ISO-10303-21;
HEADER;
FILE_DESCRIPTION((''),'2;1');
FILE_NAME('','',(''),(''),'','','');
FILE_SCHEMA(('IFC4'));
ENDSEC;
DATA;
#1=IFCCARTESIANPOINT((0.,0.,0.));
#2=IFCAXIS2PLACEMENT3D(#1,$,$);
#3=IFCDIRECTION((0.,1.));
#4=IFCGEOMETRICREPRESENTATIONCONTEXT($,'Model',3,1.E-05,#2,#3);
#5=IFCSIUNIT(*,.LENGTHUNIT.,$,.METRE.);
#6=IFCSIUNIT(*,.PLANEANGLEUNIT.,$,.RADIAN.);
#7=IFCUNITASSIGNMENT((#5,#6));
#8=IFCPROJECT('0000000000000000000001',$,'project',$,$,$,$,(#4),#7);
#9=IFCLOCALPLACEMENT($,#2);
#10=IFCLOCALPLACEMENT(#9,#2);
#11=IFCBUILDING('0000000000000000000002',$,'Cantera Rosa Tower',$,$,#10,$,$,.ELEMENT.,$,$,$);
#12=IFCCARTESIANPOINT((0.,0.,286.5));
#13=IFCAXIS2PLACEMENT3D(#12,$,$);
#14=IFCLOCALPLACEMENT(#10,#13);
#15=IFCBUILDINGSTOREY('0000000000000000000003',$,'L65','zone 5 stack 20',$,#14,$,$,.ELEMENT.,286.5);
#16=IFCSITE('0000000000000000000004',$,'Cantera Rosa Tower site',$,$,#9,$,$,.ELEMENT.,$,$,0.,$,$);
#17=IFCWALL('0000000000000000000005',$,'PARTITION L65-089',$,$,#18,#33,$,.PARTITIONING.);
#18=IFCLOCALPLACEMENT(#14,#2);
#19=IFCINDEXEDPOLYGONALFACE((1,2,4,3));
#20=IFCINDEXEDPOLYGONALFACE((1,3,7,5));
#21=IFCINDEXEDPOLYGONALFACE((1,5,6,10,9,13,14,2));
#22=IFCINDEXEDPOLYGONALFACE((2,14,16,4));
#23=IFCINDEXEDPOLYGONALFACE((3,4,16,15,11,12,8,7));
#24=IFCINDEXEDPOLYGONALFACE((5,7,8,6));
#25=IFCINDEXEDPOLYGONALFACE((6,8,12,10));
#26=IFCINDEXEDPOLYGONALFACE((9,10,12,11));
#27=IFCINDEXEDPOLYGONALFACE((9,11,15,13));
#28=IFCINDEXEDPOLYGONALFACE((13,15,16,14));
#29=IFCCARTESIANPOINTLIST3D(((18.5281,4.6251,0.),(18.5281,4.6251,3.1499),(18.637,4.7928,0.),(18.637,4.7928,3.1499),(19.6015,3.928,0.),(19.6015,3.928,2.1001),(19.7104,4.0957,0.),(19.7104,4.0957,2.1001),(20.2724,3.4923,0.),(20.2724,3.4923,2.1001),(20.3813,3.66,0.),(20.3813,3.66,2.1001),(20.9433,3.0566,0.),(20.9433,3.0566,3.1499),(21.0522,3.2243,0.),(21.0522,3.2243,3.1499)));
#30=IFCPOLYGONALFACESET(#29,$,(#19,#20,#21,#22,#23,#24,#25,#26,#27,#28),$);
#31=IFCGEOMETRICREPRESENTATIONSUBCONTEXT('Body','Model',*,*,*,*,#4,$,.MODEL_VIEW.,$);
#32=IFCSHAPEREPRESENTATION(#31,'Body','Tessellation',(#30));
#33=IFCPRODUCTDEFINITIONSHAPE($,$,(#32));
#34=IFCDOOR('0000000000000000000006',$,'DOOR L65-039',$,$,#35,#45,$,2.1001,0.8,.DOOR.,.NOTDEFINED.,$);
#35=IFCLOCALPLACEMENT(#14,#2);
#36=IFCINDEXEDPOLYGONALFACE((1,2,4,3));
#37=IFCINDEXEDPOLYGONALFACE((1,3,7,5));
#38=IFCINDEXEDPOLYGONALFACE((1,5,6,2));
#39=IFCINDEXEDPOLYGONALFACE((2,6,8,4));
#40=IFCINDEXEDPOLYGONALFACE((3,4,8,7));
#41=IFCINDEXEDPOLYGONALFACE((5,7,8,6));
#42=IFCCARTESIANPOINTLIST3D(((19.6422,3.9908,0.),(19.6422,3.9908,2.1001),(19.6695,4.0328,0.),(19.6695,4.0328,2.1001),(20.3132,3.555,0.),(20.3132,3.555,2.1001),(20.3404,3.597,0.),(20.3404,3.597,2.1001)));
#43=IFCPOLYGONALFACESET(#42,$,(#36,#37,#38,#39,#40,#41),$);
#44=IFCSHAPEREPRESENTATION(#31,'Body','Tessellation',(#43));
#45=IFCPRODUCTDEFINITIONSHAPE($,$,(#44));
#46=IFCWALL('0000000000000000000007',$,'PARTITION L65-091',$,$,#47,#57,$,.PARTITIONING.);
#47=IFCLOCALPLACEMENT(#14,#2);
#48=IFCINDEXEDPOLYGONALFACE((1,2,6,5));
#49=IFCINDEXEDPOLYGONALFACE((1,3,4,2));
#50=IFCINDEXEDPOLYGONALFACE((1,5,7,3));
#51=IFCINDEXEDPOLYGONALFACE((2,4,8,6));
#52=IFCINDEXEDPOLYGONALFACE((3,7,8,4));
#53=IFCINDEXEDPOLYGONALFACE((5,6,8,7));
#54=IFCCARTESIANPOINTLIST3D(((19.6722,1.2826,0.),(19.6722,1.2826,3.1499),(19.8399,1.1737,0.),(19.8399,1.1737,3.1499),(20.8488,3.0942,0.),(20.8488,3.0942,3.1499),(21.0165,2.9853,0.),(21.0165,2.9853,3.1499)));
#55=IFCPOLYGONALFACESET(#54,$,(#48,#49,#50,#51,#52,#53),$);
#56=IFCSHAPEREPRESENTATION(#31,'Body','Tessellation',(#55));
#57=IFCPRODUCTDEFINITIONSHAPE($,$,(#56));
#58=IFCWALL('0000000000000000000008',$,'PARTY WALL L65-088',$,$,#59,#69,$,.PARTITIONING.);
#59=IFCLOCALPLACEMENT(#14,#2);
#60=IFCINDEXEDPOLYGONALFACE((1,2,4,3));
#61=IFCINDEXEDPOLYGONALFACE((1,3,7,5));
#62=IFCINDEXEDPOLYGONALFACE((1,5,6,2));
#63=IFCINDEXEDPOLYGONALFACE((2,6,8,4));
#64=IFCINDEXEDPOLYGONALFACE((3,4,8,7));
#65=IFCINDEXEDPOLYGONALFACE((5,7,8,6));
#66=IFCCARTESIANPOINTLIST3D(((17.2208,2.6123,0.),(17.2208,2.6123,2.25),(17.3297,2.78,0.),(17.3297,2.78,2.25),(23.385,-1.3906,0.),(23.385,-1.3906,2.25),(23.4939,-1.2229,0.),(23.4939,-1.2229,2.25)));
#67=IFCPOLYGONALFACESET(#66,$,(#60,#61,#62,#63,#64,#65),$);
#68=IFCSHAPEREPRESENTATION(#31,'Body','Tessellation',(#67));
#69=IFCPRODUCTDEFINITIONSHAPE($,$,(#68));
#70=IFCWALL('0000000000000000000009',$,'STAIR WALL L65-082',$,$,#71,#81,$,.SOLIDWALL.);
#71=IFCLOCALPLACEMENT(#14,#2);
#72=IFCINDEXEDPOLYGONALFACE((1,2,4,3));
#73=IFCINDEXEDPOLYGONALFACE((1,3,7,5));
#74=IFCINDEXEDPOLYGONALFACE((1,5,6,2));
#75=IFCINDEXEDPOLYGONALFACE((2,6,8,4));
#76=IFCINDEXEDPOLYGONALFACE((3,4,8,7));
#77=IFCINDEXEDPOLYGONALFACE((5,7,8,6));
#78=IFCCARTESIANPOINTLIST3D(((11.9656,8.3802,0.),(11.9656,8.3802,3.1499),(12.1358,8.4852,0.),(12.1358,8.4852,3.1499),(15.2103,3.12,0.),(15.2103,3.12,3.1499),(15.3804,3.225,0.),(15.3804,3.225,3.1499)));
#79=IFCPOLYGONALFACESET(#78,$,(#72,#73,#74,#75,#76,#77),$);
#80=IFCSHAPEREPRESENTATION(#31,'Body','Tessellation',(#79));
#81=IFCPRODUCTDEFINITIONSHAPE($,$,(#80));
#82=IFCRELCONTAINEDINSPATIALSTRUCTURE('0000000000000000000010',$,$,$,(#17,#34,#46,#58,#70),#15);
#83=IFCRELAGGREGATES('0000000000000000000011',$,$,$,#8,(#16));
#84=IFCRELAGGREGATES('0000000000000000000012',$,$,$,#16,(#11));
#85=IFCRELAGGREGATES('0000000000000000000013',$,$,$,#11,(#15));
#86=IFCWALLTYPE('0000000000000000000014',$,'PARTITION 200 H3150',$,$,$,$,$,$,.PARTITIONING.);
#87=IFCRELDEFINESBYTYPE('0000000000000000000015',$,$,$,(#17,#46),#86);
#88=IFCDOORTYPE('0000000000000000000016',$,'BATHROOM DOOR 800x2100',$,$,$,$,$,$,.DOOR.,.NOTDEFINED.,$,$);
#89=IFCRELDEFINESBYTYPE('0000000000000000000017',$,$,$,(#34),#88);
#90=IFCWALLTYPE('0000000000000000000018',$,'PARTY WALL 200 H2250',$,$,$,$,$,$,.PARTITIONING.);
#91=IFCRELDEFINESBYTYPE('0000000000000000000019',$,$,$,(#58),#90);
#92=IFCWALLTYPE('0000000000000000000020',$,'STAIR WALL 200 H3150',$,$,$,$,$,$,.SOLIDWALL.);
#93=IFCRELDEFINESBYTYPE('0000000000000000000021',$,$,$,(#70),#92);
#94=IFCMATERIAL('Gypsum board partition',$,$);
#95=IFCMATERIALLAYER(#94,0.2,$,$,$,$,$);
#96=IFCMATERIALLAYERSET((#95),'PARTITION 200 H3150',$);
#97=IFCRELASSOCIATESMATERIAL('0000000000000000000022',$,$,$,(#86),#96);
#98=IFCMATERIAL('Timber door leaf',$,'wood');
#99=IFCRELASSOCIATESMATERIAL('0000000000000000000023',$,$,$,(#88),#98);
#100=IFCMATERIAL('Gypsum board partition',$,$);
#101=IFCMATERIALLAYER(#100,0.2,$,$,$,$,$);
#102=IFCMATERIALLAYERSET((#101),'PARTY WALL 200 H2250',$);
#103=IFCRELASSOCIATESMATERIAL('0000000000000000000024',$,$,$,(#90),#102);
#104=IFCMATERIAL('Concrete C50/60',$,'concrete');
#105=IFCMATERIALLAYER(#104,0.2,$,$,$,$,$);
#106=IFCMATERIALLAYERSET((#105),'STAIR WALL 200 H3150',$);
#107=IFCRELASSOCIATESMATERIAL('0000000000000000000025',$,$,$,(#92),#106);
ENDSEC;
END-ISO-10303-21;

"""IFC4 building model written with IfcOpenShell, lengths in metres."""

from ifc_helpers import new_model, si_unit, direction, frame, frame_2d, origin, place, context, subcontext, project, spatial, rectangle, extrude, material, layer, layer_set, type_object, element, fill, save


model = new_model("IFC4")

# Units and contexts
model_context = context("Model", 3, precision=1e-05, world=origin(), true_north=direction((0.0, 1.0)))
body_context = subcontext(model_context, "Body", "Model", "MODEL_VIEW")
ifc_project = project(units=[si_unit("LENGTHUNIT", "METRE"), si_unit("PLANEANGLEUNIT", "RADIAN")], contexts=[model_context])

# Site, building, storey
site_placement = place(None, origin())
site = spatial("IfcSite", under=ifc_project, at=site_placement, Name="Cantera Rosa Tower site", CompositionType="ELEMENT", RefElevation=0.0)
building_placement = place(site_placement, origin())
building = spatial("IfcBuilding", under=site, at=building_placement, Name="Cantera Rosa Tower", CompositionType="ELEMENT")
storey_placement = place(building_placement, frame((0.0, 0.0, 286.5)))
storey = spatial("IfcBuildingStorey", under=building, at=storey_placement, Name="L65", Description="zone 5 stack 20", CompositionType="ELEMENT", Elevation=286.5)

# Shared definitions
ifc_material_1 = material(Name="Gypsum board partition")
ifc_layer_1 = layer(ifc_material_1, 0.2)
ifc_layer_set_1 = layer_set([ifc_layer_1], Name="PARTITION 200 H3150")
wall_type_1 = type_object("IfcWallType", Name="PARTITION 200 H3150", PredefinedType="PARTITIONING", material=ifc_layer_set_1)

# Wall, opening, door
wall_1_placement = place(storey_placement, frame((18.5825, 4.709, 0.0), z_axis=(0.0, 0.0, 1.0), x_axis=(0.838655, -0.544664, 0.0)))
wall_1 = element("IfcWall", 1, at=wall_1_placement, inside=storey, type_object=wall_type_1, Name="PARTITION L65-089", PredefinedType="PARTITIONING", context=body_context, shape_type="SweptSolid", body=[
    extrude(rectangle(XDim=2.8799, YDim=0.2, at=frame_2d((1.4399, 0.0))), origin(), (0.0, 0.0, 1.0), 3.1499),
])
opening_1_placement = place(wall_1_placement, frame((1.28, 0.0, 0.0)))
opening_1 = element("IfcOpeningElement", 2, at=opening_1_placement, cuts=wall_1, PredefinedType="OPENING", context=body_context, shape_type="SweptSolid", body=[
    extrude(rectangle(XDim=0.8, YDim=2.1001, at=frame_2d((0.3999, 1.05))), frame((0.0, 0.1099, 0.0), z_axis=(0.0, -1.0, 0.0), x_axis=(1.0, 0.0, 0.0)), (0.0, 0.0, 1.0), 0.22),
])
ifc_material_2 = material(Name="Timber door leaf", Category="wood")
door_type_1 = type_object("IfcDoorType", Name="BATHROOM DOOR 800x2100", OperationType="NOTDEFINED", PredefinedType="DOOR", material=ifc_material_2)
door_1_placement = place(opening_1_placement, origin())
door_1 = element("IfcDoor", 3, at=door_1_placement, inside=storey, type_object=door_type_1, Name="DOOR L65-039", OperationType="NOTDEFINED", OverallHeight=2.1001, OverallWidth=0.8, PredefinedType="DOOR", context=body_context, shape_type="SweptSolid", body=[
    extrude(rectangle(XDim=0.8, YDim=2.1001, at=frame_2d((0.3999, 1.05))), frame((0.0, 0.0249, 0.0), z_axis=(0.0, -1.0, 0.0), x_axis=(1.0, 0.0, 0.0)), (0.0, 0.0, 1.0), 0.05),
])
fill(opening_1, door_1)

# Walls
wall_2_placement = place(storey_placement, frame((20.9326, 3.0398, 0.0), z_axis=(0.0, 0.0, 1.0), x_axis=(-0.54467, -0.83865, 0.0)))
element("IfcWall", 4, at=wall_2_placement, inside=storey, type_object=wall_type_1, Name="PARTITION L65-091", PredefinedType="PARTITIONING", context=body_context, shape_type="SweptSolid", body=[
    extrude(rectangle(XDim=2.1602, YDim=0.2, at=frame_2d((1.0801, 0.0))), origin(), (0.0, 0.0, 1.0), 3.1499),
])
ifc_material_3 = material(Name="Gypsum board partition")
ifc_layer_2 = layer(ifc_material_3, 0.2)
ifc_layer_set_2 = layer_set([ifc_layer_2], Name="PARTY WALL 200 H2250")
wall_type_2 = type_object("IfcWallType", Name="PARTY WALL 200 H2250", PredefinedType="PARTITIONING", material=ifc_layer_set_2)
wall_3_placement = place(storey_placement, frame((17.2754, 2.696, 0.0), z_axis=(0.0, 0.0, 1.0), x_axis=(0.838684, -0.544618, 0.0)))
element("IfcWall", 5, at=wall_3_placement, inside=storey, type_object=wall_type_2, Name="PARTY WALL L65-088", PredefinedType="PARTITIONING", context=body_context, shape_type="SweptSolid", body=[
    extrude(rectangle(XDim=7.3499, YDim=0.2, at=frame_2d((3.6748, 0.0))), origin(), (0.0, 0.0, 1.0), 2.25),
])
ifc_material_4 = material(Name="Concrete C50/60", Category="concrete")
ifc_layer_3 = layer(ifc_material_4, 0.2)
ifc_layer_set_3 = layer_set([ifc_layer_3], Name="STAIR WALL 200 H3150")
wall_type_3 = type_object("IfcWallType", Name="STAIR WALL 200 H3150", PredefinedType="SOLIDWALL", material=ifc_layer_set_3)
wall_4_placement = place(storey_placement, frame((15.2954, 3.1724, 0.0), z_axis=(0.0, 0.0, 1.0), x_axis=(-0.524983, 0.851113, 0.0)))
element("IfcWall", 6, at=wall_4_placement, inside=storey, type_object=wall_type_3, Name="STAIR WALL L65-082", PredefinedType="SOLIDWALL", context=body_context, shape_type="SweptSolid", body=[
    extrude(rectangle(XDim=6.1804, YDim=0.2, at=frame_2d((3.0903, 0.0))), origin(), (0.0, 0.0, 1.0), 3.1499),
])

save(model, "model.ifc")
